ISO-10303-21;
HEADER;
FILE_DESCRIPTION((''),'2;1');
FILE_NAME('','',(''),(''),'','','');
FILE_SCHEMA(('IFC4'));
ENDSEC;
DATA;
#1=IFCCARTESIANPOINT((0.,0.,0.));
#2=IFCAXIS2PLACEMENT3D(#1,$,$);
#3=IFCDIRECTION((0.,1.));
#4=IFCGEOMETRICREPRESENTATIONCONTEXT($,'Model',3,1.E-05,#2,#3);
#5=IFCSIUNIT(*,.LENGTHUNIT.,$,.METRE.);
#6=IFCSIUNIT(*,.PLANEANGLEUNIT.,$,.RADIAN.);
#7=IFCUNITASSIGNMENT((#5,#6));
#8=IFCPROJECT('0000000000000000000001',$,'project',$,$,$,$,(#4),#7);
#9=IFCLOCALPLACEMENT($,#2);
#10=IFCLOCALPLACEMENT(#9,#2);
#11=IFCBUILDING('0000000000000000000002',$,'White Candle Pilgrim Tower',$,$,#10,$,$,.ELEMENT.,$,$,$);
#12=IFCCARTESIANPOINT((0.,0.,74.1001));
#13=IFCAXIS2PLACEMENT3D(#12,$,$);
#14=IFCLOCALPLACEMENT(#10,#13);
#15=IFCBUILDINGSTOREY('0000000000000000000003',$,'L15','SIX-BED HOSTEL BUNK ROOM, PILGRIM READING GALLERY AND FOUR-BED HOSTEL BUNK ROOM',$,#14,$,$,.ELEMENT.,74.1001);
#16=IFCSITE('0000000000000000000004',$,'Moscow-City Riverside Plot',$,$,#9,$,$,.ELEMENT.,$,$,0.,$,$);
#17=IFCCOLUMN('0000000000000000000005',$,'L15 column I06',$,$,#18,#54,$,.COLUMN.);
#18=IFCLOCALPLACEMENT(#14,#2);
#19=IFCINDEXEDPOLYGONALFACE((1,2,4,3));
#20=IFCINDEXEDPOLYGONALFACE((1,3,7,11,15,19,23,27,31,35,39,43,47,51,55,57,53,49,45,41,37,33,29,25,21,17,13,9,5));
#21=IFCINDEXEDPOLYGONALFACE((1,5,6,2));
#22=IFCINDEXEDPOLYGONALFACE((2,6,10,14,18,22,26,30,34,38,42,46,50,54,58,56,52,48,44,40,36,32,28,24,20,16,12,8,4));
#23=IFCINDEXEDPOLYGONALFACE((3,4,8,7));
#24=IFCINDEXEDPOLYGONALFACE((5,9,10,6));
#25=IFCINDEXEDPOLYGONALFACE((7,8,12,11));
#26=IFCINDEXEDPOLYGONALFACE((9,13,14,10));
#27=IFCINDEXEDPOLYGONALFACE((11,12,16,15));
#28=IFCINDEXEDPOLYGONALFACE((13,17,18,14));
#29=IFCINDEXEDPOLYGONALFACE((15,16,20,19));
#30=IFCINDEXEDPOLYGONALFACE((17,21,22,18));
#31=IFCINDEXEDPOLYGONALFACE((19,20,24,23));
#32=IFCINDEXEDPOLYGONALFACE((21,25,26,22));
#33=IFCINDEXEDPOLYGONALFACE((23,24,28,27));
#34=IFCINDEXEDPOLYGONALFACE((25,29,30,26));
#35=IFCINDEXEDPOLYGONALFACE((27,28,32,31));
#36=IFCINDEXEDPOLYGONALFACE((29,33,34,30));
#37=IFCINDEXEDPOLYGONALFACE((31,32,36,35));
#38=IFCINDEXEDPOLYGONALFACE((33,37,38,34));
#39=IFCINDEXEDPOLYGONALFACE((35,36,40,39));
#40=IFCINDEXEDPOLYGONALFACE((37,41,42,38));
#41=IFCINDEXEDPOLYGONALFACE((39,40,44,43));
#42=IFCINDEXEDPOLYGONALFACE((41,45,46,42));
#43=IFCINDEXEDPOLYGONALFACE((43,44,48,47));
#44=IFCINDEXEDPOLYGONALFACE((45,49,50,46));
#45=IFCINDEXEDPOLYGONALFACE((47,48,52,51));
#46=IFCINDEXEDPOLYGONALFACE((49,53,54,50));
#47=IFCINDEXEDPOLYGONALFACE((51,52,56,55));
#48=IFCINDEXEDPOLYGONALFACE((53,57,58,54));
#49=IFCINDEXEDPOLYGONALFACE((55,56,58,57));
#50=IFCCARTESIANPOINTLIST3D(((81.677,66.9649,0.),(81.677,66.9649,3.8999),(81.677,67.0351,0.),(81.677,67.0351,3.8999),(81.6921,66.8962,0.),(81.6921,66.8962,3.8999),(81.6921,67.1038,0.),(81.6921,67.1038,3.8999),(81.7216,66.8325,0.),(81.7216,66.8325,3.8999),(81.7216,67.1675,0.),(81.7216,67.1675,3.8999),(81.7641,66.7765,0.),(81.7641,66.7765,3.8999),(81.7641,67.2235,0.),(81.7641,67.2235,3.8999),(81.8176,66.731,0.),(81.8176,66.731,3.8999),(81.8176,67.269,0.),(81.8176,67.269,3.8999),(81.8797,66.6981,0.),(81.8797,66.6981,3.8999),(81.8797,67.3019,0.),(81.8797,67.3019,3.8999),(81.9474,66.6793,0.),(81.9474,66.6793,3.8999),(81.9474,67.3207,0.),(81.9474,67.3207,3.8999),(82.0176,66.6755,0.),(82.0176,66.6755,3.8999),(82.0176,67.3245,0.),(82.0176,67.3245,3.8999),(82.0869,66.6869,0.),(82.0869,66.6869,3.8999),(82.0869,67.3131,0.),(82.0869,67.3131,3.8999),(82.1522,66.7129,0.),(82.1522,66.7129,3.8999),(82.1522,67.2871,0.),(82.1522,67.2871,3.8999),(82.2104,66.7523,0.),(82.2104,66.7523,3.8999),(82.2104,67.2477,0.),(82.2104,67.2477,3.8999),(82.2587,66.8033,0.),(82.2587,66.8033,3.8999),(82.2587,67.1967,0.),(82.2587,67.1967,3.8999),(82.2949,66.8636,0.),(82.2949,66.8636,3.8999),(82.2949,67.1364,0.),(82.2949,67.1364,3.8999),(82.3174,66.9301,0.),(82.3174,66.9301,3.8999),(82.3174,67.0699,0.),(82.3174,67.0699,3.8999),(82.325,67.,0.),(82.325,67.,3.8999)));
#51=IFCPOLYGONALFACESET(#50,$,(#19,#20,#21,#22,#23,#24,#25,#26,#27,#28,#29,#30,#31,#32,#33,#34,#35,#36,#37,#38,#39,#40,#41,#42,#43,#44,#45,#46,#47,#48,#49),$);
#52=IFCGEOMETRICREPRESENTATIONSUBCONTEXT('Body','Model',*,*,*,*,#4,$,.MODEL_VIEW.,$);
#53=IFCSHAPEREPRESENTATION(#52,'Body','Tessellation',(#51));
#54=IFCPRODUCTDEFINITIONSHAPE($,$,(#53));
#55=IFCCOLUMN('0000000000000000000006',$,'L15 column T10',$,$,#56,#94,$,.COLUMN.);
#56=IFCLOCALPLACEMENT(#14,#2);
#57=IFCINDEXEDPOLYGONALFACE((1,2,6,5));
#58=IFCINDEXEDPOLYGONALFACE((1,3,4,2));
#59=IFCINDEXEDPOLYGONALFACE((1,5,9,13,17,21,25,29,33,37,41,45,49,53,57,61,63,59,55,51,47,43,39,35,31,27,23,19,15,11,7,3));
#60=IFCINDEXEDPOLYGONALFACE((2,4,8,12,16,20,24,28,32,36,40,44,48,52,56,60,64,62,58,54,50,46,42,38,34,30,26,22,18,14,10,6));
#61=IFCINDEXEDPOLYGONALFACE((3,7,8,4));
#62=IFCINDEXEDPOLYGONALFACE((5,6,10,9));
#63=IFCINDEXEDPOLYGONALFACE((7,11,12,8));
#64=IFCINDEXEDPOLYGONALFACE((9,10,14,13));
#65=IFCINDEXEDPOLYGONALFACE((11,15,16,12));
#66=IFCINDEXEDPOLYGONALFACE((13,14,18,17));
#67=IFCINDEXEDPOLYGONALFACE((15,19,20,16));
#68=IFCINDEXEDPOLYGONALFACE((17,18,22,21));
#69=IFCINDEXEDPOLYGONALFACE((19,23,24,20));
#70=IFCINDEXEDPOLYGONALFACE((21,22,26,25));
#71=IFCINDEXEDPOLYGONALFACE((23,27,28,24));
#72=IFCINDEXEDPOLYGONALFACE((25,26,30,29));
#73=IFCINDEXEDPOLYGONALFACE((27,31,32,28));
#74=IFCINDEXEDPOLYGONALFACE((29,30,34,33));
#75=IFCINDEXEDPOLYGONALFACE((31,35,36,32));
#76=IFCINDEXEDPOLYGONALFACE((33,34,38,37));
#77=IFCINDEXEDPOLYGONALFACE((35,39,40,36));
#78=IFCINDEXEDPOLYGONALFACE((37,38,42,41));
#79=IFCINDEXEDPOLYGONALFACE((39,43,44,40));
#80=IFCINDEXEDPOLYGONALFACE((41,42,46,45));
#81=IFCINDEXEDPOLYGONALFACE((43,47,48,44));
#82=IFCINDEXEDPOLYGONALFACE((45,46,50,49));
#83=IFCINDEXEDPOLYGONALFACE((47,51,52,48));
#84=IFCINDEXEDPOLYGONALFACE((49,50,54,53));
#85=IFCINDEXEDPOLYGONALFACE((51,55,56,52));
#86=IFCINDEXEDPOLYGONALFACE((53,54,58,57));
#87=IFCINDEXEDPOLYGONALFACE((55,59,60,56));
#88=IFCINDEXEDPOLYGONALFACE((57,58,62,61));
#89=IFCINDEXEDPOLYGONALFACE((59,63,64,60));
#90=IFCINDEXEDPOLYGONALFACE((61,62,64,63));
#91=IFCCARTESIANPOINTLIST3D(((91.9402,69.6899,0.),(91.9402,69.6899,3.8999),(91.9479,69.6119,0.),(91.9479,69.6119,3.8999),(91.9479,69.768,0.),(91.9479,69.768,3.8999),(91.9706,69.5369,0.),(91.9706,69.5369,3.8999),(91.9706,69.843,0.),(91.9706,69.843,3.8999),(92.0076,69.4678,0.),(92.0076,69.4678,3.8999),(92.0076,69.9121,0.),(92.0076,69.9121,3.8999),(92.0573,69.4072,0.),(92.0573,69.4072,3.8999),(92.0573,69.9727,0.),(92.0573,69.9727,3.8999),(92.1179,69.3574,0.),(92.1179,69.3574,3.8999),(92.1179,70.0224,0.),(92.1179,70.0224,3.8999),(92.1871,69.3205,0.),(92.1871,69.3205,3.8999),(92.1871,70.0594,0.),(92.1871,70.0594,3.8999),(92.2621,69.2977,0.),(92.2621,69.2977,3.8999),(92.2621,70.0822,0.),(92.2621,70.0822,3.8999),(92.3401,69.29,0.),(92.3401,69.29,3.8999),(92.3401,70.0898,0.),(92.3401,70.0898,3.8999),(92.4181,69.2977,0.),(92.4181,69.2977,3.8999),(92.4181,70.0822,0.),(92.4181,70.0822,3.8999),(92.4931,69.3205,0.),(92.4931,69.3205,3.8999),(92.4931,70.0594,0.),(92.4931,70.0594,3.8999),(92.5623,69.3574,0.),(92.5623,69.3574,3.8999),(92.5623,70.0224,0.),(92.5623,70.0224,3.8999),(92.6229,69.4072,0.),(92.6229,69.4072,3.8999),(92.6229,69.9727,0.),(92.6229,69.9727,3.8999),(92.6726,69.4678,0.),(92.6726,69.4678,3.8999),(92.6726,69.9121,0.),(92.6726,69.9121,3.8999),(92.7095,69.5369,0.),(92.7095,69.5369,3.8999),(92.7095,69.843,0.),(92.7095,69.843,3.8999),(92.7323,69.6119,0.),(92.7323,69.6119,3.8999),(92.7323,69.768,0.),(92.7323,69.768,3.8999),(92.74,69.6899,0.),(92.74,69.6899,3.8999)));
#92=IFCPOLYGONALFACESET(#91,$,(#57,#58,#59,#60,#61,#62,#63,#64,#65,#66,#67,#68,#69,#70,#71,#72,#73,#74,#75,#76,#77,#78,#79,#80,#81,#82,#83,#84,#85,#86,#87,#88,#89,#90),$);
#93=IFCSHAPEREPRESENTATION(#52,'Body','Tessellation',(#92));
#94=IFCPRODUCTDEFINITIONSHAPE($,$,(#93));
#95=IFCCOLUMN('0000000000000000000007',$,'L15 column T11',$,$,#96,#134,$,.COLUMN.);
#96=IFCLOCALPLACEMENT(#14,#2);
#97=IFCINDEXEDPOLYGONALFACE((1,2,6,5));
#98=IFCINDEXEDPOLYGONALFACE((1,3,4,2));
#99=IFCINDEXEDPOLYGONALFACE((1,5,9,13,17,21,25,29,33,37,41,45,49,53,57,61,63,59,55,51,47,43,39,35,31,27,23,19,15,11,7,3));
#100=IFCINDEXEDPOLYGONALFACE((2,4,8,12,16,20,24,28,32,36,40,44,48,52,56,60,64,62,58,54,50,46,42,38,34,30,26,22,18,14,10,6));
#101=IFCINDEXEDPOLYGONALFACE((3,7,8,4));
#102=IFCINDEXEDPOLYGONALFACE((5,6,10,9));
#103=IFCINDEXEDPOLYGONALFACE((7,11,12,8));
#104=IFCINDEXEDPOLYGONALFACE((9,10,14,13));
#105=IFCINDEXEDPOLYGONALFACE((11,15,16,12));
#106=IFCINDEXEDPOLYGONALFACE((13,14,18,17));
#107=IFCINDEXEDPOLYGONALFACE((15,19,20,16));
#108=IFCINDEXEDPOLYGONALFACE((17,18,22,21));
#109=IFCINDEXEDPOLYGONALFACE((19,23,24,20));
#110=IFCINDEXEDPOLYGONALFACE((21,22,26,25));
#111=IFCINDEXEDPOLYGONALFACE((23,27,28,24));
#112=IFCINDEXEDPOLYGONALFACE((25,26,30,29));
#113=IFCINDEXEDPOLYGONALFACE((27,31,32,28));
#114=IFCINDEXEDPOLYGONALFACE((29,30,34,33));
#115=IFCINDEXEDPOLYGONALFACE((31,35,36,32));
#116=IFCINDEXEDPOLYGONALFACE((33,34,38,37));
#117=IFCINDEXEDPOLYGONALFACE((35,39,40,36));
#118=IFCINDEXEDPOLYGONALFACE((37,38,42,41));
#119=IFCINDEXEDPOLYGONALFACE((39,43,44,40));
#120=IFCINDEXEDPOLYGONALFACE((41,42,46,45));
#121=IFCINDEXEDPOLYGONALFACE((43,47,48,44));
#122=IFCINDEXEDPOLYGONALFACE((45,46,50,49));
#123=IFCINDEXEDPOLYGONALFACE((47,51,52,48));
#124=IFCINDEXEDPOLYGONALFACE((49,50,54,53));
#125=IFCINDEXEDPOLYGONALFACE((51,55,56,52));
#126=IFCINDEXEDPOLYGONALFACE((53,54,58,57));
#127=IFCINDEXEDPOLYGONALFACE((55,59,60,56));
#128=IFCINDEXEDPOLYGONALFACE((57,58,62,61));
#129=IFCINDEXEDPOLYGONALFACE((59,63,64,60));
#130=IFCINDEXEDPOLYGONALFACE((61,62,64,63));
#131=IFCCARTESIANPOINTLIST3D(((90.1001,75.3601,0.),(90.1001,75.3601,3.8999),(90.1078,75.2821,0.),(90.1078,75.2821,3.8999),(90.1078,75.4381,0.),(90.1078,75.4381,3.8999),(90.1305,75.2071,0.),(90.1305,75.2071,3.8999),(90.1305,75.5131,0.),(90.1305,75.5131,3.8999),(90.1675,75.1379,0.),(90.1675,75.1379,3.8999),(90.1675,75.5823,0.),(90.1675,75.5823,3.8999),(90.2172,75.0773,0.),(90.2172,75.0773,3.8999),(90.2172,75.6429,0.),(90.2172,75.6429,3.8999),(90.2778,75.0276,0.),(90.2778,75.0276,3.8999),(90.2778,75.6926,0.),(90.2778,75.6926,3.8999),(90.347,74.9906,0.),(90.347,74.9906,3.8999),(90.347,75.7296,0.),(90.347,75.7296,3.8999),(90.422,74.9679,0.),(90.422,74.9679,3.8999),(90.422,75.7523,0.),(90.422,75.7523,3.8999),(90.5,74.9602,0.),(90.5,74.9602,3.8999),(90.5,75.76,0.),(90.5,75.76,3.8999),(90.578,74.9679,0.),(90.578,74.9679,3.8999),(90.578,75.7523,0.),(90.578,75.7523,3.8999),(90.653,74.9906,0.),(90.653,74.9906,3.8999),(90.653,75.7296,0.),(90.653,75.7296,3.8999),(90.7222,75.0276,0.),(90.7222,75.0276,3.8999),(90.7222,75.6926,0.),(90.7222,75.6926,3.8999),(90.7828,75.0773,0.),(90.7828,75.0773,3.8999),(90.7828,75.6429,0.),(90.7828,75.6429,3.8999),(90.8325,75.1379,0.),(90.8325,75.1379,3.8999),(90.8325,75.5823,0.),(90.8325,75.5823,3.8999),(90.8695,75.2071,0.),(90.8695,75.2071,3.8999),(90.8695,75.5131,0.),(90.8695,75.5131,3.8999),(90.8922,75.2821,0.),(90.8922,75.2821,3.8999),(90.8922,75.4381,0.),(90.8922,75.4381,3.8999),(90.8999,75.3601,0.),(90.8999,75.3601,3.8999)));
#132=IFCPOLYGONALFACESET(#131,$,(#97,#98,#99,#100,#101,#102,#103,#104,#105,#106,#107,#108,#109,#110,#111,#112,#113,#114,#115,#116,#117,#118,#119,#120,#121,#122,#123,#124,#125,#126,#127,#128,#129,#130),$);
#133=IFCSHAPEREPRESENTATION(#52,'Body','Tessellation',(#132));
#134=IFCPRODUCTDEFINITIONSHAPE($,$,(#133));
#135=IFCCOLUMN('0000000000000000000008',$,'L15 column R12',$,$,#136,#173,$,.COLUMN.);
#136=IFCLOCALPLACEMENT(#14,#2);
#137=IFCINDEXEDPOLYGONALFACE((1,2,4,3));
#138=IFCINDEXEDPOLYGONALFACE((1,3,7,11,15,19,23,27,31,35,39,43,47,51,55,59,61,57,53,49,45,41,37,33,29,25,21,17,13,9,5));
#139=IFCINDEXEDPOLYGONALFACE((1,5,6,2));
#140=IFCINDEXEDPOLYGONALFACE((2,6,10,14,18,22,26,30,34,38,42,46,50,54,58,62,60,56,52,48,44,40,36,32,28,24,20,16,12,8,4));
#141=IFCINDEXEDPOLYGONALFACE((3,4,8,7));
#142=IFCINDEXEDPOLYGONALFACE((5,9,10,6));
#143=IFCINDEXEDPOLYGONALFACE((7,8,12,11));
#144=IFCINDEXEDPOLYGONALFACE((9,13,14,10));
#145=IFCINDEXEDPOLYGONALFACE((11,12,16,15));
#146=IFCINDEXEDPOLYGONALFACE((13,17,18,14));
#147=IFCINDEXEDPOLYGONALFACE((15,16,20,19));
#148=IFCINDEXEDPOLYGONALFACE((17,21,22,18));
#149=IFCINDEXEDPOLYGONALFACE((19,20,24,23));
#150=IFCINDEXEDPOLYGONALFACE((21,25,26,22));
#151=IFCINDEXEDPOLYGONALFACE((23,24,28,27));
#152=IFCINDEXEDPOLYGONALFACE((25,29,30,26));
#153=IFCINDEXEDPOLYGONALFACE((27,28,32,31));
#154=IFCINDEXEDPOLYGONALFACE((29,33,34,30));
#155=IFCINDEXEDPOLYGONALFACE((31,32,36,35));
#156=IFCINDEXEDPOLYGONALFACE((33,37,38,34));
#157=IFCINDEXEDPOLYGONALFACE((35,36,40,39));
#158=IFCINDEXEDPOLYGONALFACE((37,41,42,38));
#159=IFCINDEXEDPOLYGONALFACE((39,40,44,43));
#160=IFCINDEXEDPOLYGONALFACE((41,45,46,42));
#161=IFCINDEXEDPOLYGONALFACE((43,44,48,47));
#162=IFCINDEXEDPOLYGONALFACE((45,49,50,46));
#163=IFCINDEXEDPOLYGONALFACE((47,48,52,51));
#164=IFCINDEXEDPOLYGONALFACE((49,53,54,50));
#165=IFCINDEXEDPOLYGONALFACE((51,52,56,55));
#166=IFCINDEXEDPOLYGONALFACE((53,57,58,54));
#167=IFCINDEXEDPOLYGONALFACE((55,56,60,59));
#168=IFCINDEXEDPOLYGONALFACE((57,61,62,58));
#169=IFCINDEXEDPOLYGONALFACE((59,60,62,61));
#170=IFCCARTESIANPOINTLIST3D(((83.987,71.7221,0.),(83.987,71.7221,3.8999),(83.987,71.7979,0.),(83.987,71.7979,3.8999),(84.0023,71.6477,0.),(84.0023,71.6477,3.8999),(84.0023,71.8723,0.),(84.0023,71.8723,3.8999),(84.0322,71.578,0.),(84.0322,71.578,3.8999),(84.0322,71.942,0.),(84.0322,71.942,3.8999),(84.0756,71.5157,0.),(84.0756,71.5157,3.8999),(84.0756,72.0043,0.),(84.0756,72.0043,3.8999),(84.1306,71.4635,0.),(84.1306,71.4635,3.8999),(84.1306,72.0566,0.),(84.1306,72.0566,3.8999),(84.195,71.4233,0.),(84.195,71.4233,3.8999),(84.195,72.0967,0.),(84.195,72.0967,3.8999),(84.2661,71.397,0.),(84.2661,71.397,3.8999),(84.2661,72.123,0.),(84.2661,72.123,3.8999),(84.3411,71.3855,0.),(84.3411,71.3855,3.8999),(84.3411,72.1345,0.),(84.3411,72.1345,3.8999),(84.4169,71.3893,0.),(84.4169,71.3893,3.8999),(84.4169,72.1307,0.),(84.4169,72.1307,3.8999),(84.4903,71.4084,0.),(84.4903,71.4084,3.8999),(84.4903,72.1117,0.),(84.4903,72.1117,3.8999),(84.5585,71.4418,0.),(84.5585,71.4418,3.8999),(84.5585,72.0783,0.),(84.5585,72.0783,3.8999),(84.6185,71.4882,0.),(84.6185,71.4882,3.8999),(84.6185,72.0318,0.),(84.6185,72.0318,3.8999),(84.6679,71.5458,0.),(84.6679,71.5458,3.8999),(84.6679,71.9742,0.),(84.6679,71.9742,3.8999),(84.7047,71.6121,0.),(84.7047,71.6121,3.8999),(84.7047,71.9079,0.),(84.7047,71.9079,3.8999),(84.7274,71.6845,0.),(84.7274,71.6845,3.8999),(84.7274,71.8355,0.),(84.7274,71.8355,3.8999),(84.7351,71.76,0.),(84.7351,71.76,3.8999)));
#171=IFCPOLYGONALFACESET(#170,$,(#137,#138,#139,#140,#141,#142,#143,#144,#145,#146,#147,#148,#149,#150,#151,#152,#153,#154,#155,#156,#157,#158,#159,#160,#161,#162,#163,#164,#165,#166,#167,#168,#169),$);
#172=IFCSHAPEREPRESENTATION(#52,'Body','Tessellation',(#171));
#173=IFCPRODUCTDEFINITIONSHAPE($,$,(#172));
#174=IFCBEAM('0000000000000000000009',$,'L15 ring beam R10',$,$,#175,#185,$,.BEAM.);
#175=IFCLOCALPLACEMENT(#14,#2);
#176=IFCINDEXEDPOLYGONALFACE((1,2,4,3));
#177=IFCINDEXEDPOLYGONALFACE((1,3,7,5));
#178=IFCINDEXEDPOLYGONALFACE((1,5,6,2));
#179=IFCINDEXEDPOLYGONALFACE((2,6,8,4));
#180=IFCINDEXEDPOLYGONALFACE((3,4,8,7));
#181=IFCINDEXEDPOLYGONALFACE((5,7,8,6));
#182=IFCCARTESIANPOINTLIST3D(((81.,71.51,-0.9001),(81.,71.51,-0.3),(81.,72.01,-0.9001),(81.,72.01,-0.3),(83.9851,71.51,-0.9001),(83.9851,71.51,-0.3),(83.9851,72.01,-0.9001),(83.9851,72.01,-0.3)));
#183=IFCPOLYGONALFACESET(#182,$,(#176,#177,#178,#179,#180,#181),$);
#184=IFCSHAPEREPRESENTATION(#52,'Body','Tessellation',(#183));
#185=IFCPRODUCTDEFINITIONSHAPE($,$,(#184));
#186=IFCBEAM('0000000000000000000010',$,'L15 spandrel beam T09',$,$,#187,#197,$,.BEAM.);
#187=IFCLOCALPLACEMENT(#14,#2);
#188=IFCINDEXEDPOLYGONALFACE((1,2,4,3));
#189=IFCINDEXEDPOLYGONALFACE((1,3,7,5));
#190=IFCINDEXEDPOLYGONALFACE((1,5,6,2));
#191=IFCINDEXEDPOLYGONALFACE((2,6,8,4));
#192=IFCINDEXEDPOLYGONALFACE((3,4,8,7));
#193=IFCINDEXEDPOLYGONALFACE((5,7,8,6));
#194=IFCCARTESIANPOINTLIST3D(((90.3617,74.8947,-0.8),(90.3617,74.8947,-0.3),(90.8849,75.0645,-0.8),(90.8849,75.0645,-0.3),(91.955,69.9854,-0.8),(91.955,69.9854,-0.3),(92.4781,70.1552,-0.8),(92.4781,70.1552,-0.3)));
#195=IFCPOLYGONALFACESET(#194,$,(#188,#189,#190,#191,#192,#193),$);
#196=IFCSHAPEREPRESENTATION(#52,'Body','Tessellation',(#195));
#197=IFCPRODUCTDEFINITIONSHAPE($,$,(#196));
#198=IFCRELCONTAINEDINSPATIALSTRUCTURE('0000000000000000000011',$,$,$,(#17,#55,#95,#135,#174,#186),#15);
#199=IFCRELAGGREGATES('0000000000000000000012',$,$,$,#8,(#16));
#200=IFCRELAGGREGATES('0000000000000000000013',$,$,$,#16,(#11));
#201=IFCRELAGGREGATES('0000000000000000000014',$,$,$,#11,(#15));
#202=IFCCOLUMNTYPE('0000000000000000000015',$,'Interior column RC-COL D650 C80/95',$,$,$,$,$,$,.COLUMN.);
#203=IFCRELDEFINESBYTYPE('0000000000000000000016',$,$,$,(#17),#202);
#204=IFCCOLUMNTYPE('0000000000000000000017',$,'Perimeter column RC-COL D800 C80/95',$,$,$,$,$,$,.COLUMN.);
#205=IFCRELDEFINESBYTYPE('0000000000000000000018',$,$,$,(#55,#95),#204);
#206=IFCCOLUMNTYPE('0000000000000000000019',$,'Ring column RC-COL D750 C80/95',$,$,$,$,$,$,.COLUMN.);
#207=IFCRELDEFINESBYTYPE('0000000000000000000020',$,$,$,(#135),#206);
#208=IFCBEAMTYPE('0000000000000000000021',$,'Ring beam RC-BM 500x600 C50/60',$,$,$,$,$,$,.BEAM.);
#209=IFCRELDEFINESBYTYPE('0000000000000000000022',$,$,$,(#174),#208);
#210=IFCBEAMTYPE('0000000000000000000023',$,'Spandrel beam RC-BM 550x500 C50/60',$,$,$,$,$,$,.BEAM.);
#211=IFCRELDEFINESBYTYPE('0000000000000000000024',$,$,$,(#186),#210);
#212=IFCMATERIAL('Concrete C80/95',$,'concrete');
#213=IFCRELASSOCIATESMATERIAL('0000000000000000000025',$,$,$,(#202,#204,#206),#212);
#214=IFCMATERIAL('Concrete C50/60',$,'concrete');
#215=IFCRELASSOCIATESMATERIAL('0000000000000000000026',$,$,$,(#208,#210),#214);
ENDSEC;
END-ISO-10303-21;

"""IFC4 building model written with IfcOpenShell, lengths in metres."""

from ifc_helpers import new_model, si_unit, direction, frame, origin, origin_2d, place, context, subcontext, project, spatial, rectangle, circle, extrude, material, material_profile, profile_set, type_object, element, save


model = new_model("IFC4")

# Units and contexts
model_context = context("Model", 3, precision=1e-05, world=origin(), true_north=direction((0.0, 1.0)))
body_context = subcontext(model_context, "Body", "Model", "MODEL_VIEW")
ifc_project = project(units=[si_unit("LENGTHUNIT", "METRE"), si_unit("PLANEANGLEUNIT", "RADIAN")], contexts=[model_context])

# Site, building, storey
site_placement = place(None, origin())
site = spatial("IfcSite", under=ifc_project, at=site_placement, Name="Moscow-City Riverside Plot", CompositionType="ELEMENT", RefElevation=0.0)
building_placement = place(site_placement, origin())
building = spatial("IfcBuilding", under=site, at=building_placement, Name="White Candle Pilgrim Tower", CompositionType="ELEMENT")
storey_placement = place(building_placement, frame((0.0, 0.0, 74.1001)))
storey = spatial("IfcBuildingStorey", under=building, at=storey_placement, Name="L15", Description="SIX-BED HOSTEL BUNK ROOM, PILGRIM READING GALLERY AND FOUR-BED HOSTEL BUNK ROOM", CompositionType="ELEMENT", Elevation=74.1001)

# Columns
ifc_material_1 = material(Name="Concrete C80/95", Category="concrete")
ifc_material_profile_1 = material_profile(ifc_material_1, circle(Radius=0.325, at=origin_2d()), Name="RC-COL D650")
ifc_profile_set_1 = profile_set([ifc_material_profile_1], Name="Concrete C80/95")
column_type_1 = type_object("IfcColumnType", Name="Interior column RC-COL D650 C80/95", PredefinedType="COLUMN", material=ifc_profile_set_1)
column_1_placement = place(storey_placement, frame((82.0, 67.0, 0.0), z_axis=(0.0, 0.0, 1.0), x_axis=(1.0, 0.0, 0.0)))
element("IfcColumn", 1, at=column_1_placement, inside=storey, type_object=column_type_1, Name="L15 column I06", PredefinedType="COLUMN", context=body_context, shape_type="SweptSolid", body=[
    extrude(circle(Radius=0.325, at=origin_2d()), origin(), (0.0, 0.0, 1.0), 3.8999),
])
ifc_material_profile_2 = material_profile(ifc_material_1, circle(Radius=0.3999, at=origin_2d()), Name="RC-COL D800")
ifc_profile_set_2 = profile_set([ifc_material_profile_2], Name="Concrete C80/95")
column_type_2 = type_object("IfcColumnType", Name="Perimeter column RC-COL D800 C80/95", PredefinedType="COLUMN", material=ifc_profile_set_2)
for number, where, z_axis, x_axis, name in (
    (2, (92.3401, 69.6899, 0.0), (0.0, 0.0, 1.0), (1.0, 0.0, 0.0), "L15 column T10"),
    (3, (90.5, 75.3601, 0.0), (0.0, 0.0, 1.0), (1.0, 0.0, 0.0), "L15 column T11"),
):
    element("IfcColumn", number, at=place(storey_placement, frame(where, z_axis=z_axis, x_axis=x_axis)), inside=storey, type_object=column_type_2, Name=name, PredefinedType="COLUMN", context=body_context, shape_type="SweptSolid", body=[
        extrude(circle(Radius=0.3999, at=origin_2d()), origin(), (0.0, 0.0, 1.0), 3.8999),
    ])
ifc_material_profile_3 = material_profile(ifc_material_1, circle(Radius=0.375, at=origin_2d()), Name="RC-COL D750")
ifc_profile_set_3 = profile_set([ifc_material_profile_3], Name="Concrete C80/95")
column_type_3 = type_object("IfcColumnType", Name="Ring column RC-COL D750 C80/95", PredefinedType="COLUMN", material=ifc_profile_set_3)
column_2_placement = place(storey_placement, frame((84.3601, 71.76, 0.0), z_axis=(0.0, 0.0, 1.0), x_axis=(1.0, 0.0, 0.0)))
element("IfcColumn", 4, at=column_2_placement, inside=storey, type_object=column_type_3, Name="L15 column R12", PredefinedType="COLUMN", context=body_context, shape_type="SweptSolid", body=[
    extrude(circle(Radius=0.375, at=origin_2d()), origin(), (0.0, 0.0, 1.0), 3.8999),
])

# Beams
ifc_material_2 = material(Name="Concrete C50/60", Category="concrete")
ifc_material_profile_4 = material_profile(ifc_material_2, rectangle(XDim=0.5, YDim=0.6001, at=origin_2d()), Name="RC-BM 500x600")
ifc_profile_set_4 = profile_set([ifc_material_profile_4], Name="Concrete C50/60")
beam_type_1 = type_object("IfcBeamType", Name="Ring beam RC-BM 500x600 C50/60", PredefinedType="BEAM", material=ifc_profile_set_4)
beam_1_placement = place(storey_placement, frame((83.9851, 71.76, -0.6001), z_axis=(-1.0, 0.0, 0.0), x_axis=(0.0, -1.0, 0.0)))
element("IfcBeam", 5, at=beam_1_placement, inside=storey, type_object=beam_type_1, Name="L15 ring beam R10", PredefinedType="BEAM", context=body_context, shape_type="SweptSolid", body=[
    extrude(rectangle(XDim=0.5, YDim=0.6001, at=origin_2d()), origin(), (0.0, 0.0, 1.0), 2.9851),
])
ifc_material_profile_5 = material_profile(ifc_material_2, rectangle(XDim=0.55, YDim=0.5, at=origin_2d()), Name="RC-BM 550x500")
ifc_profile_set_5 = profile_set([ifc_material_profile_5], Name="Concrete C50/60")
beam_type_2 = type_object("IfcBeamType", Name="Spandrel beam RC-BM 550x500 C50/60", PredefinedType="BEAM", material=ifc_profile_set_5)
beam_2_placement = place(storey_placement, frame((92.2166, 70.0703, -0.55), z_axis=(-0.308683, 0.951165, 0.0), x_axis=(-0.951165, -0.308683, 0.0)))
element("IfcBeam", 6, at=beam_2_placement, inside=storey, type_object=beam_type_2, Name="L15 spandrel beam T09", PredefinedType="BEAM", context=body_context, shape_type="SweptSolid", body=[
    extrude(rectangle(XDim=0.55, YDim=0.5, at=origin_2d()), origin(), (0.0, 0.0, 1.0), 5.1614),
])

save(model, "model.ifc")
